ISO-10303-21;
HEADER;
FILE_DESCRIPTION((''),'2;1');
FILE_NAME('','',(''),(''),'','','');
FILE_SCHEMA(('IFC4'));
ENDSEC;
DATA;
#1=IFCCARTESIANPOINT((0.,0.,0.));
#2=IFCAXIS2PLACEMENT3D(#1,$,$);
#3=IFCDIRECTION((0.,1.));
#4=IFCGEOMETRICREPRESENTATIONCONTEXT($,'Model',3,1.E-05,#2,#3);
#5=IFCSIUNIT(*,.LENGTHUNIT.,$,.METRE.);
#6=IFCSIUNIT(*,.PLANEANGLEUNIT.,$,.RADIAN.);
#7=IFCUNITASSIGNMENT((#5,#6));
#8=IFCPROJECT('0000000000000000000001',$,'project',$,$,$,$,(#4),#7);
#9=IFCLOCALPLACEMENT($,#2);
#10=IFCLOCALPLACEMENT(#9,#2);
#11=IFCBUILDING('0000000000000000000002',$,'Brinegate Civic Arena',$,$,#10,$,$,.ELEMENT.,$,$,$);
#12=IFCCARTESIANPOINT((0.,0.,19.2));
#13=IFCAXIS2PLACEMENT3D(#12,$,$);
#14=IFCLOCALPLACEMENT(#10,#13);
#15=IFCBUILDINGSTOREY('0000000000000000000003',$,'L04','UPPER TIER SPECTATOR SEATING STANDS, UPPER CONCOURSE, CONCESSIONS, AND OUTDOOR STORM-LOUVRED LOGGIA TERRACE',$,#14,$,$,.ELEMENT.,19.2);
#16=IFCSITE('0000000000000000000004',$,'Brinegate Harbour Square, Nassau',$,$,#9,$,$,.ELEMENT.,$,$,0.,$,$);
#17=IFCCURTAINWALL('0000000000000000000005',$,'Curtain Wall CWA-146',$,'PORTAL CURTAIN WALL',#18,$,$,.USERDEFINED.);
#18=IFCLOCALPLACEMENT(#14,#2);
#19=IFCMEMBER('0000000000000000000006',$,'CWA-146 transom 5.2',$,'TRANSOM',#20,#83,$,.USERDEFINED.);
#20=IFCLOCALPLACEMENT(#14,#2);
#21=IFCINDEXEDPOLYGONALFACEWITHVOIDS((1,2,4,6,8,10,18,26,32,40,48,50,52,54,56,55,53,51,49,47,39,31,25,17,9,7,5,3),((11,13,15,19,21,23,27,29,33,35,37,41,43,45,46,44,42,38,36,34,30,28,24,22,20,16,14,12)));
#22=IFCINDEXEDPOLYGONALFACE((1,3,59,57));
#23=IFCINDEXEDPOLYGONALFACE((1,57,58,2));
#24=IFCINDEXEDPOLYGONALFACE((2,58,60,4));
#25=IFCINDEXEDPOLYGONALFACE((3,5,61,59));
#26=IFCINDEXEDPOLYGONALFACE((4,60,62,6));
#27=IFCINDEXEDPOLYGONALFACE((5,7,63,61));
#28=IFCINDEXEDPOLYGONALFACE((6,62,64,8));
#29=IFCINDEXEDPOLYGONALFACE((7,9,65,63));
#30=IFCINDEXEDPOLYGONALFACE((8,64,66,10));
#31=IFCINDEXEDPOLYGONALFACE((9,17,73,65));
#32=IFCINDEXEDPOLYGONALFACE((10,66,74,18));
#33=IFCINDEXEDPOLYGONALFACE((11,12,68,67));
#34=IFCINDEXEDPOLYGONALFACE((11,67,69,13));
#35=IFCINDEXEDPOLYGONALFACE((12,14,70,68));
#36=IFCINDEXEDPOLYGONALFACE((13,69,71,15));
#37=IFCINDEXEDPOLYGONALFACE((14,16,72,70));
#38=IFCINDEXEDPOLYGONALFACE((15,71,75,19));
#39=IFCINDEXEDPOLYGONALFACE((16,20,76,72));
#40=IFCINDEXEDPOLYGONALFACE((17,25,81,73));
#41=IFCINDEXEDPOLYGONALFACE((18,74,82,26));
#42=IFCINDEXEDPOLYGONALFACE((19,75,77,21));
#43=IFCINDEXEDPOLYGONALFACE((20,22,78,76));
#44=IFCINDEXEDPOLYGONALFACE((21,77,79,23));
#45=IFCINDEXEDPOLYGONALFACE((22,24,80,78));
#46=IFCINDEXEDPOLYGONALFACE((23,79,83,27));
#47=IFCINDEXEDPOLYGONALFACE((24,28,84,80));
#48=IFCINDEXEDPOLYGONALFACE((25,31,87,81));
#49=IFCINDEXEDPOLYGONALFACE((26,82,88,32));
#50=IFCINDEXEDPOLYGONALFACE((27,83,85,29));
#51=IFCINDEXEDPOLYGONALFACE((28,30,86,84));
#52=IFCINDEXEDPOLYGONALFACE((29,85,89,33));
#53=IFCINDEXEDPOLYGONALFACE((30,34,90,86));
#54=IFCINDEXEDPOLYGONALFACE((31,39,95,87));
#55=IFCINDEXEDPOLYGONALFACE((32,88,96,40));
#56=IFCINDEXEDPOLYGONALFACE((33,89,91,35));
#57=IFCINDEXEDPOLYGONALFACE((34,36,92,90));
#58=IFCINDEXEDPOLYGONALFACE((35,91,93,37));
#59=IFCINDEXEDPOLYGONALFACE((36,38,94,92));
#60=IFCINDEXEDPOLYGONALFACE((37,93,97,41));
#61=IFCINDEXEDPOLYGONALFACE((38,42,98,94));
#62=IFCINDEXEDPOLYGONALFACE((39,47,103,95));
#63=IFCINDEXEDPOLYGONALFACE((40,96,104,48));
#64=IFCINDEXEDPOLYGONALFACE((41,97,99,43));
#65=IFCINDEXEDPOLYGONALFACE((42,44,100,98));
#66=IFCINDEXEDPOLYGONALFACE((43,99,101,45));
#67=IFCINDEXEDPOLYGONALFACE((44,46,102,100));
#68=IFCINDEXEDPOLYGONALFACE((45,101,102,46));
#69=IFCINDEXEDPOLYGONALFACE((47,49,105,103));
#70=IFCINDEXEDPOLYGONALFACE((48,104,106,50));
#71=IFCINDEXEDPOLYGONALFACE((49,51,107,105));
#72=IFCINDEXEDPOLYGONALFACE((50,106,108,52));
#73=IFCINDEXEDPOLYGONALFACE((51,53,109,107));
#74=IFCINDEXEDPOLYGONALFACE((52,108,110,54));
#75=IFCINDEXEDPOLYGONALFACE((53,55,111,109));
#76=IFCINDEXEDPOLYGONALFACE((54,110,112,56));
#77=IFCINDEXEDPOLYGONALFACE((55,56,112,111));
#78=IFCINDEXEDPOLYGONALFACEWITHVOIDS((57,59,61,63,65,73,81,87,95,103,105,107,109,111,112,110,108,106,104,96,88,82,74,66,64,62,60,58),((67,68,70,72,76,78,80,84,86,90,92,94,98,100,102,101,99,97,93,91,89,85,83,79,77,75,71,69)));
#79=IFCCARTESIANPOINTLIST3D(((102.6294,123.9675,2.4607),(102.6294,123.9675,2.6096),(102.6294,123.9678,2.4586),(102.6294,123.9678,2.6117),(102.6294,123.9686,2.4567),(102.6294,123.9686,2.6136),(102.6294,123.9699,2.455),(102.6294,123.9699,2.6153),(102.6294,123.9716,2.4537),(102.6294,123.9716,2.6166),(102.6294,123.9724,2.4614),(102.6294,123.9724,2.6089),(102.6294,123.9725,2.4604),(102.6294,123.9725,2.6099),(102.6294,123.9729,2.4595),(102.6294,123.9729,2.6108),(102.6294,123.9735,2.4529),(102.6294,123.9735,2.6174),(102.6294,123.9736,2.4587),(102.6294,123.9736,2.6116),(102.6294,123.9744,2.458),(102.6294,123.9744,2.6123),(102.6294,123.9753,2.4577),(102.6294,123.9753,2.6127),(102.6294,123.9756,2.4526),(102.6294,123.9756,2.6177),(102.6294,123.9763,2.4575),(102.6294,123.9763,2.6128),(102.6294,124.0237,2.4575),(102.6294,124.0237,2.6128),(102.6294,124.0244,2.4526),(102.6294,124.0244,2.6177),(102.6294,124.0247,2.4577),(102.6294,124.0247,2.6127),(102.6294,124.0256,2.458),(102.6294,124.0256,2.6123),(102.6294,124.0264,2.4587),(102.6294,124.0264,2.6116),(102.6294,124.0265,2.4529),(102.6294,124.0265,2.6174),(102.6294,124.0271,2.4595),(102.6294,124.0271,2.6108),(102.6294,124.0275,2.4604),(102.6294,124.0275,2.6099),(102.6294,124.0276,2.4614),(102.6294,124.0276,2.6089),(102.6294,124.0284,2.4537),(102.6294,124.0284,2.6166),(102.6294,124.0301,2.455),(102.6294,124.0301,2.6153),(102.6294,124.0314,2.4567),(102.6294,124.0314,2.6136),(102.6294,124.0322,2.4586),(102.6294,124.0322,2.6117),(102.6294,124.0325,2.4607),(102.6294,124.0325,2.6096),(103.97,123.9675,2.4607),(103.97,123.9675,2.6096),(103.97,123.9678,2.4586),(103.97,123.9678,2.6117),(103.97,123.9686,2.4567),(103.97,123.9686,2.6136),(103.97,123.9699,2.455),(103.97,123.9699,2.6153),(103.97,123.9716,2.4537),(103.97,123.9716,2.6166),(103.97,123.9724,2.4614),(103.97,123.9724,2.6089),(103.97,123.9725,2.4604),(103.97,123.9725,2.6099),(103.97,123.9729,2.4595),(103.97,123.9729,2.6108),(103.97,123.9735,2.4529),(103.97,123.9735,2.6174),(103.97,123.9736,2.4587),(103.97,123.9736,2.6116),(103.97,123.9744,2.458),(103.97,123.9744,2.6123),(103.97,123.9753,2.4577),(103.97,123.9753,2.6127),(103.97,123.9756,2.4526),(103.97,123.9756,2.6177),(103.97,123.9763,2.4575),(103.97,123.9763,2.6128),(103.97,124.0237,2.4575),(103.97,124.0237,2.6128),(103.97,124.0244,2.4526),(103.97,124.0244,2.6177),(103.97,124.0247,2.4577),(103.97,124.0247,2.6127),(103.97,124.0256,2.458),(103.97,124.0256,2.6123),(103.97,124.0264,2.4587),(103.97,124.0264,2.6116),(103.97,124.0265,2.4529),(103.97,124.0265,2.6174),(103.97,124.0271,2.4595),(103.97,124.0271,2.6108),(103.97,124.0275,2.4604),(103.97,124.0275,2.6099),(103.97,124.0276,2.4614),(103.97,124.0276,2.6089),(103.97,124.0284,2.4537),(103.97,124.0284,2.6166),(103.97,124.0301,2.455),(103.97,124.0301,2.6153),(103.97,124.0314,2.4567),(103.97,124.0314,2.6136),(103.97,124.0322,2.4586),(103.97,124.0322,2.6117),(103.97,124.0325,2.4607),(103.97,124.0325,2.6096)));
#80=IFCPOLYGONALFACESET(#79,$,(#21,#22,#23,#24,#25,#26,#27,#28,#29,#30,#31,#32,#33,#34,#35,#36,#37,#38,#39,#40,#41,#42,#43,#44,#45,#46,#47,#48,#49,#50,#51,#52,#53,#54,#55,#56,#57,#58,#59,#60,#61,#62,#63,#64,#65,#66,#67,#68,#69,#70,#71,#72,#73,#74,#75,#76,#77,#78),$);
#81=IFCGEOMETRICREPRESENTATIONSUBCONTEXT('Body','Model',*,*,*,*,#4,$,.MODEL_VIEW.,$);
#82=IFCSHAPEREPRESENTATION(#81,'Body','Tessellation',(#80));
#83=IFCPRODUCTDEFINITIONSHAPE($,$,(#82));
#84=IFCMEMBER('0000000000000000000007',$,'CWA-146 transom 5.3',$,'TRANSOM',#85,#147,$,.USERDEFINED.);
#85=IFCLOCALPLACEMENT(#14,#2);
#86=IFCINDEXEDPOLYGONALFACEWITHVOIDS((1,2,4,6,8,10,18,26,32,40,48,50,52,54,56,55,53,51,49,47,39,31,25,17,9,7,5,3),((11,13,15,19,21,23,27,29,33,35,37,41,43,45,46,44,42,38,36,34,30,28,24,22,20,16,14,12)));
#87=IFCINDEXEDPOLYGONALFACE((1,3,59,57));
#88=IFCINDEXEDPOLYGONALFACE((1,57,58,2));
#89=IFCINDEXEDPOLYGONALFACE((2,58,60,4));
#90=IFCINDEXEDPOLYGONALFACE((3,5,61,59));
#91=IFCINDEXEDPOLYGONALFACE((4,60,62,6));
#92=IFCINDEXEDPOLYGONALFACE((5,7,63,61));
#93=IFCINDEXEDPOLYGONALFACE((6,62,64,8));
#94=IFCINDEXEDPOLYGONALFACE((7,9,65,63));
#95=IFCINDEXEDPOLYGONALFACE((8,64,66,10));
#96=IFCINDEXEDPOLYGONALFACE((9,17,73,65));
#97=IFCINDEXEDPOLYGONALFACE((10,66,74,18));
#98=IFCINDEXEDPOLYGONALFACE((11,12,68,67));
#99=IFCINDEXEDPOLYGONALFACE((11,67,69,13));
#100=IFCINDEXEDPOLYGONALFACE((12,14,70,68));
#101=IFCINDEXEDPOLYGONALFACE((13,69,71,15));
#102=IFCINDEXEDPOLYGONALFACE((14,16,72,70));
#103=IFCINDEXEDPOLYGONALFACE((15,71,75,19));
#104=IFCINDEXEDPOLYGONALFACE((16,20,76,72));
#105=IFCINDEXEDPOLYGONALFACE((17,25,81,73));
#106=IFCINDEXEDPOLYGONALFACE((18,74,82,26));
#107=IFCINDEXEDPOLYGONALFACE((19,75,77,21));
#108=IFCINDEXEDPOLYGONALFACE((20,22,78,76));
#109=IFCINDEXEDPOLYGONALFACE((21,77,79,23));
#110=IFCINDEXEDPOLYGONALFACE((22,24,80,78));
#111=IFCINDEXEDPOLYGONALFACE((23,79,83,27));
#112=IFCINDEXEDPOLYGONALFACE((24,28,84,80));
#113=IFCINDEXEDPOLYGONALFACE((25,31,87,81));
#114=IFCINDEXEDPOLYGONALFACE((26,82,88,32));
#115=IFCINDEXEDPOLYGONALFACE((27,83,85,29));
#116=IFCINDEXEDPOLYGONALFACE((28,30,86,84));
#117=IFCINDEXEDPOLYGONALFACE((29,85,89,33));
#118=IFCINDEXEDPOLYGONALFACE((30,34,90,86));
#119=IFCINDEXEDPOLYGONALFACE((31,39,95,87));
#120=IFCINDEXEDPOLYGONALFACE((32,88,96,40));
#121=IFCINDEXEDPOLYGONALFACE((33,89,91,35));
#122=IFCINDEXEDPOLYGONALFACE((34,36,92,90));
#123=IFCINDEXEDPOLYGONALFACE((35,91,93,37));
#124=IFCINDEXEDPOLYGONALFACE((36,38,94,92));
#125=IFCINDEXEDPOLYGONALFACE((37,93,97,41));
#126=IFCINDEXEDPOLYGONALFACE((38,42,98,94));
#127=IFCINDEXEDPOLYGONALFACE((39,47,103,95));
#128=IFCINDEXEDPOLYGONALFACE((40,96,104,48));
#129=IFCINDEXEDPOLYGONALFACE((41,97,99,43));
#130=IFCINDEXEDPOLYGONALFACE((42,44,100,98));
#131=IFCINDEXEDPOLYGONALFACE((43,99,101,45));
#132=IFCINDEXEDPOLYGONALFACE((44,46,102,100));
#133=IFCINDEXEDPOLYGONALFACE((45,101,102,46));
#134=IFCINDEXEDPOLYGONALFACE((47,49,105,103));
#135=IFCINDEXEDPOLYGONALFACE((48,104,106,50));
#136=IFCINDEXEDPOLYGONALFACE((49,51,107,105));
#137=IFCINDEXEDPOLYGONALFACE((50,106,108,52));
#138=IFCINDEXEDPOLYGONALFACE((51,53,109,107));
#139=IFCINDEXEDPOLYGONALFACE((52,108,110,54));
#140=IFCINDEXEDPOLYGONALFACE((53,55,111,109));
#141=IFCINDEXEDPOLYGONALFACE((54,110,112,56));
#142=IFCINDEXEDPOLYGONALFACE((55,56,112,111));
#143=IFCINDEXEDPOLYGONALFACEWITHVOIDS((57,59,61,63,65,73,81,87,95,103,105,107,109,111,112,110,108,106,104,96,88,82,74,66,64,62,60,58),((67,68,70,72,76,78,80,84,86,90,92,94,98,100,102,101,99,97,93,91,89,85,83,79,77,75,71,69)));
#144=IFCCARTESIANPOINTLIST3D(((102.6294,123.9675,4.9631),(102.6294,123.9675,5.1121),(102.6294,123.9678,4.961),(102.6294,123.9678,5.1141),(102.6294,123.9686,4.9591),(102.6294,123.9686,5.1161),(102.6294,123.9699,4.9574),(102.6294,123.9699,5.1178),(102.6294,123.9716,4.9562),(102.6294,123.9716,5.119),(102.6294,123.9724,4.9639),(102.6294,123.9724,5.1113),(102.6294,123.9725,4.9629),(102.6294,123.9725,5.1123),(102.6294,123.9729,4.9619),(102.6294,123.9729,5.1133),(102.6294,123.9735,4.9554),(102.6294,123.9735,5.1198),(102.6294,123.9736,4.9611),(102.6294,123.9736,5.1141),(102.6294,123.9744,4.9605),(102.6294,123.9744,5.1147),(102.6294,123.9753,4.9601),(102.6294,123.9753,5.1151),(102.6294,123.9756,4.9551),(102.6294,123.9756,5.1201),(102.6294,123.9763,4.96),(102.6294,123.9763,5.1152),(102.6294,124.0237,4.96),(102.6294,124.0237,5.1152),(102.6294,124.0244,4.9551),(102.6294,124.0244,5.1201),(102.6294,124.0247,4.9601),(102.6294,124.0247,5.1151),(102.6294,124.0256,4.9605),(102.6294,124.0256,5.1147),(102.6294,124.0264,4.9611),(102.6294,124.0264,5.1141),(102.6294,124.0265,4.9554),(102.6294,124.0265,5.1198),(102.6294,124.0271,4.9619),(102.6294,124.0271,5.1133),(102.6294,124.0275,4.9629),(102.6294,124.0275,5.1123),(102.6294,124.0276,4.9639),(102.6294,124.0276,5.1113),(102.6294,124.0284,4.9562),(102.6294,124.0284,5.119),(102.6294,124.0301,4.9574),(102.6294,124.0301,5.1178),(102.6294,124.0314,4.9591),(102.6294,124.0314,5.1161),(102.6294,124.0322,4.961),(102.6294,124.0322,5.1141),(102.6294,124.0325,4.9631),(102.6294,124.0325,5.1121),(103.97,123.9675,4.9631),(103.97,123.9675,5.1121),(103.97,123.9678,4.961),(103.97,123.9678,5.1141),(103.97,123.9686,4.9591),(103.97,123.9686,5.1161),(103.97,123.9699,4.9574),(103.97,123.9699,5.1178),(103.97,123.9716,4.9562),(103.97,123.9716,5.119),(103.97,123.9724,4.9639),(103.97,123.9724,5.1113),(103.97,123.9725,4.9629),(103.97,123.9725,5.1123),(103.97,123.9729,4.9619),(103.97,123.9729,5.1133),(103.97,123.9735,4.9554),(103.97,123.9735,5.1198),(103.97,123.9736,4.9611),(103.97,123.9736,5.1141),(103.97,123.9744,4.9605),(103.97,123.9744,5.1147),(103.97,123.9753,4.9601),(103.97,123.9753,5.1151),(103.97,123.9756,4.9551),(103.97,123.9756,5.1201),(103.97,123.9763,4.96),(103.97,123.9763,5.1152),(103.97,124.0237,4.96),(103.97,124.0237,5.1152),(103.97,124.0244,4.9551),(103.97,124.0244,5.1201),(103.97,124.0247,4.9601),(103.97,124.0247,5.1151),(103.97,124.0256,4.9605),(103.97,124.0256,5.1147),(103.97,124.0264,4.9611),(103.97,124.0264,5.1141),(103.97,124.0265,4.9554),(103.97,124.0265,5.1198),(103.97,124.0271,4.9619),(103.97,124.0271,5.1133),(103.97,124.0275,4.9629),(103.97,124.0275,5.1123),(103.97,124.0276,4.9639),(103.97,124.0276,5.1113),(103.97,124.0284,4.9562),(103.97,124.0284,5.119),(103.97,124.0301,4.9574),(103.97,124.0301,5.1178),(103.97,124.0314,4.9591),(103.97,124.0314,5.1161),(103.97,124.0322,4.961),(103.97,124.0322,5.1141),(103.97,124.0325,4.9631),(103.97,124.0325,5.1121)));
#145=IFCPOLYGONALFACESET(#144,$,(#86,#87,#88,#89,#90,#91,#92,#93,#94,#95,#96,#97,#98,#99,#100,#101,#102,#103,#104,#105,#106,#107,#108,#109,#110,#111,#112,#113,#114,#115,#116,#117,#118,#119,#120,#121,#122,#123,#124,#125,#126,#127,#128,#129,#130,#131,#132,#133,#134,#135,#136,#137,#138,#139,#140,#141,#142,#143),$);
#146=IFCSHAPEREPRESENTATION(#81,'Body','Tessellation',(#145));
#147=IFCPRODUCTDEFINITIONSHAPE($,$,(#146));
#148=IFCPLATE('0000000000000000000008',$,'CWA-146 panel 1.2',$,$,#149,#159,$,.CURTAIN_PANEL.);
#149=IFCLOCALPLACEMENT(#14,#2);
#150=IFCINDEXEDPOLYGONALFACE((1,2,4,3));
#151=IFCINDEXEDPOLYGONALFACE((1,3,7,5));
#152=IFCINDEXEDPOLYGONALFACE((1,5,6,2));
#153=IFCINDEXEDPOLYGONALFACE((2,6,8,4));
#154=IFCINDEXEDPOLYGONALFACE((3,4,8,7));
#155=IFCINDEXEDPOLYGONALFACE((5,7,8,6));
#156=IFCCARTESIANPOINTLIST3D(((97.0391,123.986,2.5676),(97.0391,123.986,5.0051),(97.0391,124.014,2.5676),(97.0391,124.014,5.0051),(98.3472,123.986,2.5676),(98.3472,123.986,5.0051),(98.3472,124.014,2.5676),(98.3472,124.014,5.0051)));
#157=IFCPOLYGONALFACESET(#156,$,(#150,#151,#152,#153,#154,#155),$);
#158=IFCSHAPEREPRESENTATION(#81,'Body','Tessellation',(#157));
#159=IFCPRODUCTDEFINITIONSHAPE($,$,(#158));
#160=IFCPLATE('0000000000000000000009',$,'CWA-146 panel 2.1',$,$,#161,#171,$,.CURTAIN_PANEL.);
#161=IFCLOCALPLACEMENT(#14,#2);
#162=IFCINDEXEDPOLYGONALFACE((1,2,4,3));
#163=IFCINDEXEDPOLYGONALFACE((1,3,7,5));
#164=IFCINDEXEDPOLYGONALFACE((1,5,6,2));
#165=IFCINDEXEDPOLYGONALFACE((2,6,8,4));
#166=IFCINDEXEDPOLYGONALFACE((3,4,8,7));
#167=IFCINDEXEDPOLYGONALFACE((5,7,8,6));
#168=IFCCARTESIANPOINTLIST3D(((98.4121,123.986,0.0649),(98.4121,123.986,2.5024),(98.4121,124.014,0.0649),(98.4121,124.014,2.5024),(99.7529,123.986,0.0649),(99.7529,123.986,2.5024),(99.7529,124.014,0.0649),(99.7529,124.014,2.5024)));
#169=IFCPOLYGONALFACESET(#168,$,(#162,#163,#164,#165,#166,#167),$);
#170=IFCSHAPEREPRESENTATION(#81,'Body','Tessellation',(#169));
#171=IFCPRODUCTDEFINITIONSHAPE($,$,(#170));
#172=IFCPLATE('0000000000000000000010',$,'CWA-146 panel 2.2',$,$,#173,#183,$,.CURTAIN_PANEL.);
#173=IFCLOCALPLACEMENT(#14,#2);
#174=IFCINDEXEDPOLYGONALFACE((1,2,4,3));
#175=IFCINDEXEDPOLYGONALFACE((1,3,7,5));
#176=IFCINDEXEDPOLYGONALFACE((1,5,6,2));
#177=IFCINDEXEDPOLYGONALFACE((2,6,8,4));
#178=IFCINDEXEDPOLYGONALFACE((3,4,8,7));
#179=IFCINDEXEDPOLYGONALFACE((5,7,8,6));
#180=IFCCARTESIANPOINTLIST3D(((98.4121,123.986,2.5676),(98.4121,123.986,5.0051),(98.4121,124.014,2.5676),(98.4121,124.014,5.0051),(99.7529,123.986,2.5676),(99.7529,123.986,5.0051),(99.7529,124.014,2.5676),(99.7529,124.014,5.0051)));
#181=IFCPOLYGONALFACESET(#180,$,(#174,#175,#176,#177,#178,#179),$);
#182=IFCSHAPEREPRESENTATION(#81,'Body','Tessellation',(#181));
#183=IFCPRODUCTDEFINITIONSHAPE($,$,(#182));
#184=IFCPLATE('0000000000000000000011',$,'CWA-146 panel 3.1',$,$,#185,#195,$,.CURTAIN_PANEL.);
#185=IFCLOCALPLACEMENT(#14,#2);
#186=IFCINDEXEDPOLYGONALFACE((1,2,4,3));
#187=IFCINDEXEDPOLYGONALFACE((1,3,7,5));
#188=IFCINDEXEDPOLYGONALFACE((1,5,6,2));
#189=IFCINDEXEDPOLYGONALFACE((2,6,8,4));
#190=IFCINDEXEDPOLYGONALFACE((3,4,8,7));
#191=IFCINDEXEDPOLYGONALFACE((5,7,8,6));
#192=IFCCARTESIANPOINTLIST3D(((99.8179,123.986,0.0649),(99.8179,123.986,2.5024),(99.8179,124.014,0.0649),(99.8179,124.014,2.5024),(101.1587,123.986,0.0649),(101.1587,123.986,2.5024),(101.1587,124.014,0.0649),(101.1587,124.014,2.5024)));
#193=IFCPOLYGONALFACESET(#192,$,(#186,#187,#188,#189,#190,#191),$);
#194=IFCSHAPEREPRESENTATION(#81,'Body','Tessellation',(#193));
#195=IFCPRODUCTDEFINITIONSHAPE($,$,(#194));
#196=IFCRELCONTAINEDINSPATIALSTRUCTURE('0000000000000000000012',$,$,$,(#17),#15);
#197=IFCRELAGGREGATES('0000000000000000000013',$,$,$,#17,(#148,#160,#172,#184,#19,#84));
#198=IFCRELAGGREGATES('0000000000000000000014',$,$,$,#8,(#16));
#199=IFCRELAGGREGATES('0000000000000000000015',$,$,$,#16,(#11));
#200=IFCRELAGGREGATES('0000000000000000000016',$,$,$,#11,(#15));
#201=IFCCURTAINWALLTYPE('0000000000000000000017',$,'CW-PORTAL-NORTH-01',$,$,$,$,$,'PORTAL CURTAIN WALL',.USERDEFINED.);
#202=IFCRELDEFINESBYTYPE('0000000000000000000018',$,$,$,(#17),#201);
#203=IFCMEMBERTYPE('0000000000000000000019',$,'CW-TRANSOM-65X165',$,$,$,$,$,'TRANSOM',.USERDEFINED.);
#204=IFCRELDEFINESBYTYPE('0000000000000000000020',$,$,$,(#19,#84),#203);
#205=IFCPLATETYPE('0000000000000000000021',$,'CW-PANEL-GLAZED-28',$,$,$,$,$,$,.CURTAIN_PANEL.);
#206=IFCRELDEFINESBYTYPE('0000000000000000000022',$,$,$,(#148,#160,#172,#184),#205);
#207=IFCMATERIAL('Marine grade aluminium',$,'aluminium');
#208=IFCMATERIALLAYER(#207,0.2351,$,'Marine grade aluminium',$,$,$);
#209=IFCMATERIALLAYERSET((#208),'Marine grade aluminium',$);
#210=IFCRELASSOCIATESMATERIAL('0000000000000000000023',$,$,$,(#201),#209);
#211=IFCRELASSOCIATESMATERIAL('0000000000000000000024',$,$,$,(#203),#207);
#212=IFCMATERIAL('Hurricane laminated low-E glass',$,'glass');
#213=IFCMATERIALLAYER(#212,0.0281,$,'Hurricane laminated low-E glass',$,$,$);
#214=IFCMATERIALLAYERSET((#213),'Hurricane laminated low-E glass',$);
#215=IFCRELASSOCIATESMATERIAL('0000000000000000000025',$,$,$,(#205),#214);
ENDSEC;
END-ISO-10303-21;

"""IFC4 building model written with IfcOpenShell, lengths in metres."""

from ifc_helpers import new_model, si_unit, direction, frame, origin, origin_2d, place, context, subcontext, project, spatial, rectangle, hollow_rectangle, extrude, material, layer, layer_set, material_profile, profile_set, type_object, element, aggregate, save


model = new_model("IFC4")

# Units and contexts
model_context = context("Model", 3, precision=1e-05, world=origin(), true_north=direction((0.0, 1.0)))
body_context = subcontext(model_context, "Body", "Model", "MODEL_VIEW")
ifc_project = project(units=[si_unit("LENGTHUNIT", "METRE"), si_unit("PLANEANGLEUNIT", "RADIAN")], contexts=[model_context])

# Site, building, storey
site_placement = place(None, origin())
site = spatial("IfcSite", under=ifc_project, at=site_placement, Name="Brinegate Harbour Square, Nassau", CompositionType="ELEMENT", RefElevation=0.0)
building_placement = place(site_placement, origin())
building = spatial("IfcBuilding", under=site, at=building_placement, Name="Brinegate Civic Arena", CompositionType="ELEMENT")
storey_placement = place(building_placement, frame((0.0, 0.0, 19.2)))
storey = spatial("IfcBuildingStorey", under=building, at=storey_placement, Name="L04", Description="UPPER TIER SPECTATOR SEATING STANDS, UPPER CONCOURSE, CONCESSIONS, AND OUTDOOR STORM-LOUVRED LOGGIA TERRACE", CompositionType="ELEMENT", Elevation=19.2)

# Curtain wall, members, plates
ifc_material_1 = material(Name="Marine grade aluminium", Category="aluminium")
ifc_layer_1 = layer(ifc_material_1, 0.2351, Name="Marine grade aluminium")
ifc_layer_set_1 = layer_set([ifc_layer_1], Name="Marine grade aluminium")
curtain_wall_type = type_object("IfcCurtainWallType", Name="CW-PORTAL-NORTH-01", ElementType="PORTAL CURTAIN WALL", PredefinedType="USERDEFINED", material=ifc_layer_set_1)
curtain_wall_placement = place(storey_placement, origin())
curtain_wall = element("IfcCurtainWall", 1, at=curtain_wall_placement, inside=storey, type_object=curtain_wall_type, Name="Curtain Wall CWA-146", ObjectType="PORTAL CURTAIN WALL", PredefinedType="USERDEFINED")
ifc_material_profile_1 = material_profile(ifc_material_1, hollow_rectangle(XDim=0.0649, YDim=0.165, WallThickness=0.0049, InnerFilletRadius=0.0039, OuterFilletRadius=0.0081, at=origin_2d()), Name="TRN65X165")
ifc_profile_set_1 = profile_set([ifc_material_profile_1], Name="Marine grade aluminium")
member_type_1 = type_object("IfcMemberType", Name="CW-TRANSOM-65X165", ElementType="TRANSOM", PredefinedType="USERDEFINED", material=ifc_profile_set_1)
member_1_placement = place(storey_placement, frame((102.6294, 124.0, 2.5352), z_axis=(1.0, 0.0, 0.0), x_axis=(0.0, 1.0, 0.0)))
member_1 = element("IfcMember", 2, at=member_1_placement, type_object=member_type_1, Name="CWA-146 transom 5.2", ObjectType="TRANSOM", PredefinedType="USERDEFINED", context=body_context, shape_type="SweptSolid", body=[
    extrude(hollow_rectangle(XDim=0.0649, YDim=0.165, WallThickness=0.0049, InnerFilletRadius=0.0039, OuterFilletRadius=0.0081, at=origin_2d()), origin(), (0.0, 0.0, 1.0), 1.3406),
])
member_2_placement = place(storey_placement, frame((102.6294, 124.0, 5.0376), z_axis=(1.0, 0.0, 0.0), x_axis=(0.0, 1.0, 0.0)))
member_2 = element("IfcMember", 3, at=member_2_placement, type_object=member_type_1, Name="CWA-146 transom 5.3", ObjectType="TRANSOM", PredefinedType="USERDEFINED", context=body_context, shape_type="SweptSolid", body=[
    extrude(hollow_rectangle(XDim=0.0649, YDim=0.165, WallThickness=0.0049, InnerFilletRadius=0.0039, OuterFilletRadius=0.0081, at=origin_2d()), origin(), (0.0, 0.0, 1.0), 1.3406),
])
ifc_material_2 = material(Name="Hurricane laminated low-E glass", Category="glass")
ifc_layer_2 = layer(ifc_material_2, 0.0281, Name="Hurricane laminated low-E glass")
ifc_layer_set_2 = layer_set([ifc_layer_2], Name="Hurricane laminated low-E glass")
plate_type = type_object("IfcPlateType", Name="CW-PANEL-GLAZED-28", PredefinedType="CURTAIN_PANEL", material=ifc_layer_set_2)
plate_1_placement = place(storey_placement, frame((97.6931, 124.0, 2.5676), z_axis=(0.0, 0.0, 1.0), x_axis=(1.0, 0.0, 0.0)))
plate_1 = element("IfcPlate", 4, at=plate_1_placement, type_object=plate_type, Name="CWA-146 panel 1.2", PredefinedType="CURTAIN_PANEL", context=body_context, shape_type="SweptSolid", body=[
    extrude(rectangle(XDim=1.3081, YDim=0.0281, at=origin_2d()), origin(), (0.0, 0.0, 1.0), 2.4375),
])
plate_2_placement = place(storey_placement, frame((99.0825, 124.0, 0.0649), z_axis=(0.0, 0.0, 1.0), x_axis=(1.0, 0.0, 0.0)))
plate_2 = element("IfcPlate", 5, at=plate_2_placement, type_object=plate_type, Name="CWA-146 panel 2.1", PredefinedType="CURTAIN_PANEL", context=body_context, shape_type="SweptSolid", body=[
    extrude(rectangle(XDim=1.3408, YDim=0.0281, at=origin_2d()), origin(), (0.0, 0.0, 1.0), 2.4375),
])
plate_3_placement = place(storey_placement, frame((99.0825, 124.0, 2.5676), z_axis=(0.0, 0.0, 1.0), x_axis=(1.0, 0.0, 0.0)))
plate_3 = element("IfcPlate", 6, at=plate_3_placement, type_object=plate_type, Name="CWA-146 panel 2.2", PredefinedType="CURTAIN_PANEL", context=body_context, shape_type="SweptSolid", body=[
    extrude(rectangle(XDim=1.3408, YDim=0.0281, at=origin_2d()), origin(), (0.0, 0.0, 1.0), 2.4375),
])
plate_4_placement = place(storey_placement, frame((100.4883, 124.0, 0.0649), z_axis=(0.0, 0.0, 1.0), x_axis=(1.0, 0.0, 0.0)))
plate_4 = element("IfcPlate", 7, at=plate_4_placement, type_object=plate_type, Name="CWA-146 panel 3.1", PredefinedType="CURTAIN_PANEL", context=body_context, shape_type="SweptSolid", body=[
    extrude(rectangle(XDim=1.3408, YDim=0.0281, at=origin_2d()), origin(), (0.0, 0.0, 1.0), 2.4375),
])
aggregate(curtain_wall, [plate_1, plate_2, plate_3, plate_4, member_1, member_2])

save(model, "model.ifc")
